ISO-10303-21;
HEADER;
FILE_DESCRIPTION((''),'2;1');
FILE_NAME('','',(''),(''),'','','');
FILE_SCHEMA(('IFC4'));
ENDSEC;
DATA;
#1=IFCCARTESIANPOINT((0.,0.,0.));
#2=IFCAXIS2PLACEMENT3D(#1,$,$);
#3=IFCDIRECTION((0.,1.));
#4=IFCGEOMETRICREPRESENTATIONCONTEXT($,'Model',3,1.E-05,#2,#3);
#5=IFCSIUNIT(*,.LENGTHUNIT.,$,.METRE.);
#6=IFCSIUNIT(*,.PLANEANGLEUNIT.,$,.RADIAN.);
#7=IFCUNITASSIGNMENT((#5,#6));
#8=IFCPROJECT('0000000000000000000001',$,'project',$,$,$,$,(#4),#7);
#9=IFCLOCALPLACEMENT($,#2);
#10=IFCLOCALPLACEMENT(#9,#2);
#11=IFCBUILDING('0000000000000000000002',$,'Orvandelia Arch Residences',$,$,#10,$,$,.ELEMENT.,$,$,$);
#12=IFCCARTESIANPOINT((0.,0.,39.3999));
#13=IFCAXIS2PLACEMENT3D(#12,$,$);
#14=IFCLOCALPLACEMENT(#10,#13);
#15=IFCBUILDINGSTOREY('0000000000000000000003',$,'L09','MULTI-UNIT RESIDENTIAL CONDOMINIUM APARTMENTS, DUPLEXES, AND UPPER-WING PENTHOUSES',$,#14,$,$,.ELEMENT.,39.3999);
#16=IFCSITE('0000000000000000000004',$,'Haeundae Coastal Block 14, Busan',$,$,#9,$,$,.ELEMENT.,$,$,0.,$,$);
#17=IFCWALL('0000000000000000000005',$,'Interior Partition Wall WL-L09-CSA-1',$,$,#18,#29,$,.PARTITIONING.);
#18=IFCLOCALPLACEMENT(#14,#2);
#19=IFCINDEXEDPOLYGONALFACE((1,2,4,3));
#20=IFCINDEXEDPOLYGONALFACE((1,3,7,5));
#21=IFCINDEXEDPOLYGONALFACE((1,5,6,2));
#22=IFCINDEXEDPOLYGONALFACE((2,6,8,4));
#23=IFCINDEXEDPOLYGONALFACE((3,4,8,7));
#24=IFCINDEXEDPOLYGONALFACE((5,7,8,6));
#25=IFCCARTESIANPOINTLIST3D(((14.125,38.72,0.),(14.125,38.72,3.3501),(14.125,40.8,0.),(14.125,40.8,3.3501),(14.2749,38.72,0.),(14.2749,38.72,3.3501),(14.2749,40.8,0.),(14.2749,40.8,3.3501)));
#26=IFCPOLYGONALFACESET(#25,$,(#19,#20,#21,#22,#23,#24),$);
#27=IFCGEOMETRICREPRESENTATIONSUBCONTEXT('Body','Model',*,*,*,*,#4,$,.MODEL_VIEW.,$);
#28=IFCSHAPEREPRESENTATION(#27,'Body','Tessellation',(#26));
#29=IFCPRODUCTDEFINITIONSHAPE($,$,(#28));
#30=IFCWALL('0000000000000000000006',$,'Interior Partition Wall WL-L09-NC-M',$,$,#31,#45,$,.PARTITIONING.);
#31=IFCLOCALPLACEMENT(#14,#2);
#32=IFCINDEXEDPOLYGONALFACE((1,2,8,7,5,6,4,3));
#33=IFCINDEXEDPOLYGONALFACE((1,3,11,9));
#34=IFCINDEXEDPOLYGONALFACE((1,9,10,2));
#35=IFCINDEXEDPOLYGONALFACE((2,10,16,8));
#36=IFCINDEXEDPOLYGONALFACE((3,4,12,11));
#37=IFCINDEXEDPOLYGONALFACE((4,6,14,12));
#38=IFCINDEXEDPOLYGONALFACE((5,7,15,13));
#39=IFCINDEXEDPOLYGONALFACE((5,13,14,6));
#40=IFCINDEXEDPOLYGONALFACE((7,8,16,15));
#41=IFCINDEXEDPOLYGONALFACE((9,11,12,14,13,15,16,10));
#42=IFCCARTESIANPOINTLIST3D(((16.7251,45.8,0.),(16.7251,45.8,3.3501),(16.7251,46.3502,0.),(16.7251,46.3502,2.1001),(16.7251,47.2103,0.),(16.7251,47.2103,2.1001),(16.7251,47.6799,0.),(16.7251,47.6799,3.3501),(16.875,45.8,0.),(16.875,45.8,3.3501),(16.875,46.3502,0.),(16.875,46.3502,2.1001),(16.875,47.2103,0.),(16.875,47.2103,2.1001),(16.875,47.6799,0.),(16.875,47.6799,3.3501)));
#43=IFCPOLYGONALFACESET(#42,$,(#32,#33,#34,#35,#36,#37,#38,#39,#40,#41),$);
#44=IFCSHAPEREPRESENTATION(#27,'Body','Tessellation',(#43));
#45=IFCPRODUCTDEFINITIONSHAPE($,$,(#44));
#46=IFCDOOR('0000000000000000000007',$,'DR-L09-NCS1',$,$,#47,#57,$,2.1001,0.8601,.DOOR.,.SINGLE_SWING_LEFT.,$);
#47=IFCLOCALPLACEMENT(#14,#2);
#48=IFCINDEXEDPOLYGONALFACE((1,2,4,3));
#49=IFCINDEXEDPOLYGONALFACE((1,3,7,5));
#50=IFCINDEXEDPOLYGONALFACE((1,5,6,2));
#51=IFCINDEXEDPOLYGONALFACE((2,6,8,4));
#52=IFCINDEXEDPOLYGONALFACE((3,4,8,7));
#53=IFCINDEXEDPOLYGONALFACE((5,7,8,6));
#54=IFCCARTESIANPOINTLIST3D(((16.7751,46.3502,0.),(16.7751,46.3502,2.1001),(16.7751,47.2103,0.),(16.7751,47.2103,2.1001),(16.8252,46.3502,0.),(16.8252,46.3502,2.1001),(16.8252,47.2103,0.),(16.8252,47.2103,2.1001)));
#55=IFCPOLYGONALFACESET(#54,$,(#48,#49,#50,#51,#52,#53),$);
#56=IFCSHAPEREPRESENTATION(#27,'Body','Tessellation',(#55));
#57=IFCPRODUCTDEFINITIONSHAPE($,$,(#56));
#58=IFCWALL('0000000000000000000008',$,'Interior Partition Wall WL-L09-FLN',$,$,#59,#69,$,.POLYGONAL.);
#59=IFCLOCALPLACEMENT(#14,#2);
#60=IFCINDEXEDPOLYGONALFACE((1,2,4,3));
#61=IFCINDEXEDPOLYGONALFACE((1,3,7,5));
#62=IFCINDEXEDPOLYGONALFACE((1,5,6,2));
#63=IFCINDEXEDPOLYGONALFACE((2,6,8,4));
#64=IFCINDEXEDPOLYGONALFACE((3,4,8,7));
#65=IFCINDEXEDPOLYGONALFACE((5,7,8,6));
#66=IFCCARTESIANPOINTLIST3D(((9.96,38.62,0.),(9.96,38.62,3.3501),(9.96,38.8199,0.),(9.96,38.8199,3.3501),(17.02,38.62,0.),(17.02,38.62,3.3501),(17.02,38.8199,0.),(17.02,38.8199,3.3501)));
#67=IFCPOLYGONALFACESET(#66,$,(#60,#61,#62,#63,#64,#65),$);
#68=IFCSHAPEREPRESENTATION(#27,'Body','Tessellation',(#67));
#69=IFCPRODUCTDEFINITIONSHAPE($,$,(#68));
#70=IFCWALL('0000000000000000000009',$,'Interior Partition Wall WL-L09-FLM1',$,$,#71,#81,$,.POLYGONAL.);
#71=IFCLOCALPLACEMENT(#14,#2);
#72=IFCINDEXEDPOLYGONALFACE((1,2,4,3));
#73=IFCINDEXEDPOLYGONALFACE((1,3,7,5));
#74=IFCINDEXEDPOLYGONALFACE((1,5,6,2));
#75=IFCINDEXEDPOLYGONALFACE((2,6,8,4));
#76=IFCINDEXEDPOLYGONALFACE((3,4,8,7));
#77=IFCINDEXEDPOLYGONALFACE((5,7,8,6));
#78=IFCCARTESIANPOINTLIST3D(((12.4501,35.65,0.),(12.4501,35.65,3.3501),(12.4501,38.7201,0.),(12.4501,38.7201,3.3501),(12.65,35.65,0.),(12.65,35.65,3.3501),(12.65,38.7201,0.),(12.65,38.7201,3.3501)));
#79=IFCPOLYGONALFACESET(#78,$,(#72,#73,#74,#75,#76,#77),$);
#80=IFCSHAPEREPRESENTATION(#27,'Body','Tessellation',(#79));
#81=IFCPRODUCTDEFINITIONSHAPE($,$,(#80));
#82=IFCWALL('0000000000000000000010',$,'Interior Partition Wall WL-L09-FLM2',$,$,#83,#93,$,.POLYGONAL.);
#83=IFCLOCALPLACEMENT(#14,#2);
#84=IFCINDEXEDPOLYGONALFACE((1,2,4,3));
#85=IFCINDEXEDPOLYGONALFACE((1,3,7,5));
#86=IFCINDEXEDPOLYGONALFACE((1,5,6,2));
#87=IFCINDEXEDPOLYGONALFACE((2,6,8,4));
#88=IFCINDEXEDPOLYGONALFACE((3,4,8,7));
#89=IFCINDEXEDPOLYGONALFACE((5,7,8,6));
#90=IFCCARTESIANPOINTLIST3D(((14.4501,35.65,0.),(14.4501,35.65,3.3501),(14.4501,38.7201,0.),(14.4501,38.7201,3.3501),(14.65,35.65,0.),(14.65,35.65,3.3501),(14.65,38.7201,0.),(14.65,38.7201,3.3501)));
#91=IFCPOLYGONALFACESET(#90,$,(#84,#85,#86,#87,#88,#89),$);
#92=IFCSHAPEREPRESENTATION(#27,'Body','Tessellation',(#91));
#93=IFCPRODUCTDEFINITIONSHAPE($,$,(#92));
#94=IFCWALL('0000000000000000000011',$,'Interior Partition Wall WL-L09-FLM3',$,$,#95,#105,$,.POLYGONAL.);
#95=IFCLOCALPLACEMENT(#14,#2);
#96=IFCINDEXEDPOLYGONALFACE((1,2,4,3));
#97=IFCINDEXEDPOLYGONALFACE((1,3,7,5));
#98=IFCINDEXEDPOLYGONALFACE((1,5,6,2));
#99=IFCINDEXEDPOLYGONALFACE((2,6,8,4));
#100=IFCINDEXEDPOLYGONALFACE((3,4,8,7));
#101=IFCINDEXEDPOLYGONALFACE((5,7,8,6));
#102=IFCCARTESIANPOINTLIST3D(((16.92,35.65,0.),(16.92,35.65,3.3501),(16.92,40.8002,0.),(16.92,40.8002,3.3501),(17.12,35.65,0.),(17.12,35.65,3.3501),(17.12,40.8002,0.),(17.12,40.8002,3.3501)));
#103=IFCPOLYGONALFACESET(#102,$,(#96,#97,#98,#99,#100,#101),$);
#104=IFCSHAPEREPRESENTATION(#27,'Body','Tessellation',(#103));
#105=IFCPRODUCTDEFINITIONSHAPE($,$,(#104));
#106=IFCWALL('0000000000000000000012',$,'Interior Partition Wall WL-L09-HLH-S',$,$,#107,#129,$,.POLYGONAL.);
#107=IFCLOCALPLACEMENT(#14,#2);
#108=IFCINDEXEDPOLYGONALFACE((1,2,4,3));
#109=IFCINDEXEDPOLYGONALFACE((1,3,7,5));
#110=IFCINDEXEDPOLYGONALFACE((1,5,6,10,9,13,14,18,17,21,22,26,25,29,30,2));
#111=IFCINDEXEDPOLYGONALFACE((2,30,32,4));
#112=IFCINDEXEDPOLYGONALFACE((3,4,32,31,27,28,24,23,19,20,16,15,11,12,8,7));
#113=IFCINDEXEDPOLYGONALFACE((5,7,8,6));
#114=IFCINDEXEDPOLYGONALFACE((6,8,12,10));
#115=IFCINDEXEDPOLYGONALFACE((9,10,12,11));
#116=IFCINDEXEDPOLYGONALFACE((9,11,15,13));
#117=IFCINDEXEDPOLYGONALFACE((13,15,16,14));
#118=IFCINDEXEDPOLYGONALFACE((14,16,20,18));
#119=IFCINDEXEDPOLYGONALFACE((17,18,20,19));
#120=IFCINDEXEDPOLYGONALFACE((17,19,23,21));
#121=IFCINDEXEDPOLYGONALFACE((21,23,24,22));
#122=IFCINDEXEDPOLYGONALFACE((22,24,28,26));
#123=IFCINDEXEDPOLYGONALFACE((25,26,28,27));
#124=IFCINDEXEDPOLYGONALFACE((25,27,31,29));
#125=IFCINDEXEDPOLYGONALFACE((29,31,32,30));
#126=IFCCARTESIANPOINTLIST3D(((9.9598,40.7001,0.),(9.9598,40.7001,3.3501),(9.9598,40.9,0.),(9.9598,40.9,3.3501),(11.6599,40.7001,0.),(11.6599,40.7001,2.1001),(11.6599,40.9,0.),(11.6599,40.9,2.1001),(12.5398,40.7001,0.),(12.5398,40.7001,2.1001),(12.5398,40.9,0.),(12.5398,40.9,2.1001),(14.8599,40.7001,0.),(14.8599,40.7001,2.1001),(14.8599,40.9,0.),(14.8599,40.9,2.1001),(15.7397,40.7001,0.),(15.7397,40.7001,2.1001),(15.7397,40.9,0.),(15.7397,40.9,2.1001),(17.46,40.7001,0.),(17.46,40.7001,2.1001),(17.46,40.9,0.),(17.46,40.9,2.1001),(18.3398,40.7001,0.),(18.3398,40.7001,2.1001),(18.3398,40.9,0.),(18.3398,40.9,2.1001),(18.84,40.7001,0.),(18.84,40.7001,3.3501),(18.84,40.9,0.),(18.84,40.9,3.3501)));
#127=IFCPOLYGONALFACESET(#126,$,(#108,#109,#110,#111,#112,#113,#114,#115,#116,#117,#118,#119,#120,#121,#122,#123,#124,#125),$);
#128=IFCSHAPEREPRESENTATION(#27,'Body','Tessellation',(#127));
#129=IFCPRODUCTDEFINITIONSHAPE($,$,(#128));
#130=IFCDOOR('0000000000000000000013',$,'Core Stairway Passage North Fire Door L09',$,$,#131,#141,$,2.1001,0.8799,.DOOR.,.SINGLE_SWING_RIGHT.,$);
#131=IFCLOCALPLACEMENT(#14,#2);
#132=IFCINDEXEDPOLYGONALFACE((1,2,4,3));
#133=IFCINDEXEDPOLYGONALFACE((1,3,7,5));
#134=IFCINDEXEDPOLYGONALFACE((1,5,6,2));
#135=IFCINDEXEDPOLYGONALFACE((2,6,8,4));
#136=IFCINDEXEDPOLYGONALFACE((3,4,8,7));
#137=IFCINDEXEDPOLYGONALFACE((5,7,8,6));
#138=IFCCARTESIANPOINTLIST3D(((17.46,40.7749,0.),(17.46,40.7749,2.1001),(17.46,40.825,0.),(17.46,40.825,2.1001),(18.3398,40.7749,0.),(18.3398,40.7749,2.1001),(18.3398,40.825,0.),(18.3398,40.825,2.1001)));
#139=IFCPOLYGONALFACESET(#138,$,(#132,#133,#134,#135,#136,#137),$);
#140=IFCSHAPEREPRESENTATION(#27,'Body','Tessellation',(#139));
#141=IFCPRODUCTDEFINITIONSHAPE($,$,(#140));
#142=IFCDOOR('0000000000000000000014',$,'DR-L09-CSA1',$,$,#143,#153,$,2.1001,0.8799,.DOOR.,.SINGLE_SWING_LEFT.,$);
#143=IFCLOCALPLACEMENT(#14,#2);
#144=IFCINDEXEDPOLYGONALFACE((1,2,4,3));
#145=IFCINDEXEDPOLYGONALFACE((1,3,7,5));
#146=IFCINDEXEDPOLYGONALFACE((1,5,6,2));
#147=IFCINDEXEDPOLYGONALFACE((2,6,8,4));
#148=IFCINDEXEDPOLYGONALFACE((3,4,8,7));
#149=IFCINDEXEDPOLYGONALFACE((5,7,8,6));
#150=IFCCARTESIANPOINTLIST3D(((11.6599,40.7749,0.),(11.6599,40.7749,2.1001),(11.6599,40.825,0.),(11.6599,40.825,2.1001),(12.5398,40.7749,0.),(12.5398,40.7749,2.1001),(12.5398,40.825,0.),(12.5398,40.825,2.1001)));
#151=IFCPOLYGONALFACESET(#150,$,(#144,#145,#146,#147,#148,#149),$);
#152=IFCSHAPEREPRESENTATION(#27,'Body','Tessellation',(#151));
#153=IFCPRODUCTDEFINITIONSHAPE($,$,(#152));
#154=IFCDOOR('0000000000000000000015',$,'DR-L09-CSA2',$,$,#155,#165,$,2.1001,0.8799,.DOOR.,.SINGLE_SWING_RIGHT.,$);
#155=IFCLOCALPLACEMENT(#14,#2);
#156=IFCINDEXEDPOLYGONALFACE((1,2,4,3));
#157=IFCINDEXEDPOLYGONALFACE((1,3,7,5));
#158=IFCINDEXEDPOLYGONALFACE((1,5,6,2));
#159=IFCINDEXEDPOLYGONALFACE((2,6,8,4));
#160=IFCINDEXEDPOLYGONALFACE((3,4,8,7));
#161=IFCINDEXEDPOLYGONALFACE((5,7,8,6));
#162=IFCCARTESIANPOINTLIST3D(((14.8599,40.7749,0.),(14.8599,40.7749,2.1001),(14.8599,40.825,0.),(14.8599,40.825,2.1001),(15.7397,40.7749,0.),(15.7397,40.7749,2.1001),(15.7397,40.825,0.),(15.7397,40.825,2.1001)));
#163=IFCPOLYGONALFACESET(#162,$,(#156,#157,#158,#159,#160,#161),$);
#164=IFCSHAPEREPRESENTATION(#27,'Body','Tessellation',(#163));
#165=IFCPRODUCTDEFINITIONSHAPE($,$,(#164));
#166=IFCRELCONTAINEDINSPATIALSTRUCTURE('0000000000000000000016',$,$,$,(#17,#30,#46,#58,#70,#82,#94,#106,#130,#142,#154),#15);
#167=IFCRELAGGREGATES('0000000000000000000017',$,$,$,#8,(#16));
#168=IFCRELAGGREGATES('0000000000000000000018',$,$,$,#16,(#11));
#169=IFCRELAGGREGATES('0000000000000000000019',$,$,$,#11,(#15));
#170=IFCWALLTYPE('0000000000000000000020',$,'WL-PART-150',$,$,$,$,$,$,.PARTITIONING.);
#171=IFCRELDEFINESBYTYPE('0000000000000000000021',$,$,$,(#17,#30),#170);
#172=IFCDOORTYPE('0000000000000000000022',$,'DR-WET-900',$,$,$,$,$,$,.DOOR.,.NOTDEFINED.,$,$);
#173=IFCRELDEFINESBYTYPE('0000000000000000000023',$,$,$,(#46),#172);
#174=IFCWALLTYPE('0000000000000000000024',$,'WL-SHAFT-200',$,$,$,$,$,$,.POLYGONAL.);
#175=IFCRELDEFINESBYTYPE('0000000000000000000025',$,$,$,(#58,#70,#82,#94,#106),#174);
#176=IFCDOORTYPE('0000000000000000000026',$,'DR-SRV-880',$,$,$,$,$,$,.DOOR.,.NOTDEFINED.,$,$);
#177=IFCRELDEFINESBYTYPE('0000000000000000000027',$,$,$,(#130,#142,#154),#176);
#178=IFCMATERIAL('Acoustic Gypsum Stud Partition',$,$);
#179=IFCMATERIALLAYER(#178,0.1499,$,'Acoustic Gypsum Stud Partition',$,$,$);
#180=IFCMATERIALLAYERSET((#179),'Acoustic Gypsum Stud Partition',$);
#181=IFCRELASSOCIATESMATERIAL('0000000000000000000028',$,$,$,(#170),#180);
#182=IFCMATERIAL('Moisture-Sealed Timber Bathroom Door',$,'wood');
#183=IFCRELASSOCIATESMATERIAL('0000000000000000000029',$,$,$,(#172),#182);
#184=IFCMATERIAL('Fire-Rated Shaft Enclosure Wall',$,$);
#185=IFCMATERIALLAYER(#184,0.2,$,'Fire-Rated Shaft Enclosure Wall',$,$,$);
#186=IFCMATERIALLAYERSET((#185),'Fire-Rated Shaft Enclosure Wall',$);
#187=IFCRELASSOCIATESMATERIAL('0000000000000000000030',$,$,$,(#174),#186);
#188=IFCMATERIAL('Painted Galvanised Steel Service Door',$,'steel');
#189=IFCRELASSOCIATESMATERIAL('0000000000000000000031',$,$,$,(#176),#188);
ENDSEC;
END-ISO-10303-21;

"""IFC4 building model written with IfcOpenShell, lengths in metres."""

from ifc_helpers import new_model, si_unit, direction, frame, frame_2d, origin, place, context, subcontext, project, spatial, rectangle, extrude, material, layer, layer_set, type_object, element, fill, save


model = new_model("IFC4")

# Units and contexts
model_context = context("Model", 3, precision=1e-05, world=origin(), true_north=direction((0.0, 1.0)))
body_context = subcontext(model_context, "Body", "Model", "MODEL_VIEW")
ifc_project = project(units=[si_unit("LENGTHUNIT", "METRE"), si_unit("PLANEANGLEUNIT", "RADIAN")], contexts=[model_context])

# Site, building, storey
site_placement = place(None, origin())
site = spatial("IfcSite", under=ifc_project, at=site_placement, Name="Haeundae Coastal Block 14, Busan", CompositionType="ELEMENT", RefElevation=0.0)
building_placement = place(site_placement, origin())
building = spatial("IfcBuilding", under=site, at=building_placement, Name="Orvandelia Arch Residences", CompositionType="ELEMENT")
storey_placement = place(building_placement, frame((0.0, 0.0, 39.3999)))
storey = spatial("IfcBuildingStorey", under=building, at=storey_placement, Name="L09", Description="MULTI-UNIT RESIDENTIAL CONDOMINIUM APARTMENTS, DUPLEXES, AND UPPER-WING PENTHOUSES", CompositionType="ELEMENT", Elevation=39.3999)

# Wall
ifc_material_1 = material(Name="Acoustic Gypsum Stud Partition")
ifc_layer_1 = layer(ifc_material_1, 0.1499, Name="Acoustic Gypsum Stud Partition")
ifc_layer_set_1 = layer_set([ifc_layer_1], Name="Acoustic Gypsum Stud Partition")
wall_type_1 = type_object("IfcWallType", Name="WL-PART-150", PredefinedType="PARTITIONING", material=ifc_layer_set_1)
wall_1_placement = place(storey_placement, frame((14.2, 38.72, 0.0), z_axis=(0.0, 0.0, 1.0), x_axis=(0.0, 1.0, 0.0)))
element("IfcWall", 1, at=wall_1_placement, inside=storey, type_object=wall_type_1, Name="Interior Partition Wall WL-L09-CSA-1", PredefinedType="PARTITIONING", context=body_context, shape_type="SweptSolid", body=[
    extrude(rectangle(XDim=2.0801, YDim=0.1499, at=frame_2d((1.04, 0.0))), origin(), (0.0, 0.0, 1.0), 3.3501),
])

# Wall, opening, door
wall_2_placement = place(storey_placement, frame((16.8, 45.8, 0.0), z_axis=(0.0, 0.0, 1.0), x_axis=(0.0, 1.0, 0.0)))
wall_2 = element("IfcWall", 2, at=wall_2_placement, inside=storey, type_object=wall_type_1, Name="Interior Partition Wall WL-L09-NC-M", PredefinedType="PARTITIONING", context=body_context, shape_type="SweptSolid", body=[
    extrude(rectangle(XDim=1.8799, YDim=0.1499, at=frame_2d((0.9399, 0.0))), origin(), (0.0, 0.0, 1.0), 3.3501),
])
opening_1_placement = place(wall_2_placement, frame((0.55, 0.0, 0.0)))
opening_1 = element("IfcOpeningElement", 3, at=opening_1_placement, cuts=wall_2, PredefinedType="OPENING", context=body_context, shape_type="SweptSolid", body=[
    extrude(rectangle(XDim=0.8601, YDim=2.1001, at=frame_2d((0.4302, 1.05))), frame((0.0, 0.085, 0.0), z_axis=(0.0, -1.0, 0.0), x_axis=(1.0, 0.0, 0.0)), (0.0, 0.0, 1.0), 0.1699),
])
ifc_material_2 = material(Name="Moisture-Sealed Timber Bathroom Door", Category="wood")
door_type_1 = type_object("IfcDoorType", Name="DR-WET-900", OperationType="NOTDEFINED", PredefinedType="DOOR", material=ifc_material_2)
door_1_placement = place(opening_1_placement, origin())
door_1 = element("IfcDoor", 4, at=door_1_placement, inside=storey, type_object=door_type_1, Name="DR-L09-NCS1", OperationType="SINGLE_SWING_LEFT", OverallHeight=2.1001, OverallWidth=0.8601, PredefinedType="DOOR", context=body_context, shape_type="SweptSolid", body=[
    extrude(rectangle(XDim=0.8601, YDim=2.1001, at=frame_2d((0.4302, 1.05))), frame((0.0, 0.0249, 0.0), z_axis=(0.0, -1.0, 0.0), x_axis=(1.0, 0.0, 0.0)), (0.0, 0.0, 1.0), 0.05),
])
fill(opening_1, door_1)

# Walls
ifc_material_3 = material(Name="Fire-Rated Shaft Enclosure Wall")
ifc_layer_2 = layer(ifc_material_3, 0.2, Name="Fire-Rated Shaft Enclosure Wall")
ifc_layer_set_2 = layer_set([ifc_layer_2], Name="Fire-Rated Shaft Enclosure Wall")
wall_type_2 = type_object("IfcWallType", Name="WL-SHAFT-200", PredefinedType="POLYGONAL", material=ifc_layer_set_2)
wall_3_placement = place(storey_placement, frame((9.96, 38.72, 0.0), z_axis=(0.0, 0.0, 1.0), x_axis=(1.0, 0.0, 0.0)))
element("IfcWall", 5, at=wall_3_placement, inside=storey, type_object=wall_type_2, Name="Interior Partition Wall WL-L09-FLN", PredefinedType="POLYGONAL", context=body_context, shape_type="SweptSolid", body=[
    extrude(rectangle(XDim=7.0601, YDim=0.2, at=frame_2d((3.53, 0.0))), origin(), (0.0, 0.0, 1.0), 3.3501),
])
for number, where, z_axis, x_axis, name in (
    (6, (12.55, 35.6499, 0.0), (0.0, 0.0, 1.0), (0.0, 1.0, 0.0), "Interior Partition Wall WL-L09-FLM1"),
    (7, (14.55, 35.6499, 0.0), (0.0, 0.0, 1.0), (0.0, 1.0, 0.0), "Interior Partition Wall WL-L09-FLM2"),
):
    element("IfcWall", number, at=place(storey_placement, frame(where, z_axis=z_axis, x_axis=x_axis)), inside=storey, type_object=wall_type_2, Name=name, PredefinedType="POLYGONAL", context=body_context, shape_type="SweptSolid", body=[
        extrude(rectangle(XDim=3.0701, YDim=0.2, at=frame_2d((1.5352, 0.0))), origin(), (0.0, 0.0, 1.0), 3.3501),
    ])
wall_4_placement = place(storey_placement, frame((17.02, 35.6499, 0.0), z_axis=(0.0, 0.0, 1.0), x_axis=(0.0, 1.0, 0.0)))
element("IfcWall", 8, at=wall_4_placement, inside=storey, type_object=wall_type_2, Name="Interior Partition Wall WL-L09-FLM3", PredefinedType="POLYGONAL", context=body_context, shape_type="SweptSolid", body=[
    extrude(rectangle(XDim=5.1501, YDim=0.2, at=frame_2d((2.5752, 0.0))), origin(), (0.0, 0.0, 1.0), 3.3501),
])

# Wall, openings, doors
wall_5_placement = place(storey_placement, frame((9.96, 40.8, 0.0), z_axis=(0.0, 0.0, 1.0), x_axis=(1.0, 0.0, 0.0)))
wall_5 = element("IfcWall", 9, at=wall_5_placement, inside=storey, type_object=wall_type_2, Name="Interior Partition Wall WL-L09-HLH-S", PredefinedType="POLYGONAL", context=body_context, shape_type="SweptSolid", body=[
    extrude(rectangle(XDim=8.8801, YDim=0.2, at=frame_2d((4.4399, 0.0))), origin(), (0.0, 0.0, 1.0), 3.3501),
])
opening_2_placement = place(wall_5_placement, frame((7.5, 0.0, 0.0)))
opening_2 = element("IfcOpeningElement", 10, at=opening_2_placement, cuts=wall_5, PredefinedType="OPENING", context=body_context, shape_type="SweptSolid", body=[
    extrude(rectangle(XDim=0.8799, YDim=2.1001, at=frame_2d((0.4399, 1.05))), frame((0.0, 0.1099, 0.0), z_axis=(0.0, -1.0, 0.0), x_axis=(1.0, 0.0, 0.0)), (0.0, 0.0, 1.0), 0.22),
])
opening_3_placement = place(wall_5_placement, frame((1.7, 0.0, 0.0)))
opening_3 = element("IfcOpeningElement", 11, at=opening_3_placement, cuts=wall_5, PredefinedType="OPENING", context=body_context, shape_type="SweptSolid", body=[
    extrude(rectangle(XDim=0.8799, YDim=2.1001, at=frame_2d((0.4399, 1.05))), frame((0.0, 0.1099, 0.0), z_axis=(0.0, -1.0, 0.0), x_axis=(1.0, 0.0, 0.0)), (0.0, 0.0, 1.0), 0.22),
])
opening_4_placement = place(wall_5_placement, frame((4.8999, 0.0, 0.0)))
opening_4 = element("IfcOpeningElement", 12, at=opening_4_placement, cuts=wall_5, PredefinedType="OPENING", context=body_context, shape_type="SweptSolid", body=[
    extrude(rectangle(XDim=0.8799, YDim=2.1001, at=frame_2d((0.4399, 1.05))), frame((0.0, 0.1099, 0.0), z_axis=(0.0, -1.0, 0.0), x_axis=(1.0, 0.0, 0.0)), (0.0, 0.0, 1.0), 0.22),
])
ifc_material_4 = material(Name="Painted Galvanised Steel Service Door", Category="steel")
door_type_2 = type_object("IfcDoorType", Name="DR-SRV-880", OperationType="NOTDEFINED", PredefinedType="DOOR", material=ifc_material_4)
door_2_placement = place(opening_2_placement, origin())
door_2 = element("IfcDoor", 13, at=door_2_placement, inside=storey, type_object=door_type_2, Name="Core Stairway Passage North Fire Door L09", OperationType="SINGLE_SWING_RIGHT", OverallHeight=2.1001, OverallWidth=0.8799, PredefinedType="DOOR", context=body_context, shape_type="SweptSolid", body=[
    extrude(rectangle(XDim=0.8799, YDim=2.1001, at=frame_2d((0.4399, 1.05))), frame((0.0, 0.0249, 0.0), z_axis=(0.0, -1.0, 0.0), x_axis=(1.0, 0.0, 0.0)), (0.0, 0.0, 1.0), 0.05),
])
fill(opening_2, door_2)
door_3_placement = place(opening_3_placement, origin())
door_3 = element("IfcDoor", 14, at=door_3_placement, inside=storey, type_object=door_type_2, Name="DR-L09-CSA1", OperationType="SINGLE_SWING_LEFT", OverallHeight=2.1001, OverallWidth=0.8799, PredefinedType="DOOR", context=body_context, shape_type="SweptSolid", body=[
    extrude(rectangle(XDim=0.8799, YDim=2.1001, at=frame_2d((0.4399, 1.05))), frame((0.0, 0.0249, 0.0), z_axis=(0.0, -1.0, 0.0), x_axis=(1.0, 0.0, 0.0)), (0.0, 0.0, 1.0), 0.05),
])
fill(opening_3, door_3)
door_4_placement = place(opening_4_placement, origin())
door_4 = element("IfcDoor", 15, at=door_4_placement, inside=storey, type_object=door_type_2, Name="DR-L09-CSA2", OperationType="SINGLE_SWING_RIGHT", OverallHeight=2.1001, OverallWidth=0.8799, PredefinedType="DOOR", context=body_context, shape_type="SweptSolid", body=[
    extrude(rectangle(XDim=0.8799, YDim=2.1001, at=frame_2d((0.4399, 1.05))), frame((0.0, 0.0249, 0.0), z_axis=(0.0, -1.0, 0.0), x_axis=(1.0, 0.0, 0.0)), (0.0, 0.0, 1.0), 0.05),
])
fill(opening_4, door_4)

save(model, "model.ifc")
